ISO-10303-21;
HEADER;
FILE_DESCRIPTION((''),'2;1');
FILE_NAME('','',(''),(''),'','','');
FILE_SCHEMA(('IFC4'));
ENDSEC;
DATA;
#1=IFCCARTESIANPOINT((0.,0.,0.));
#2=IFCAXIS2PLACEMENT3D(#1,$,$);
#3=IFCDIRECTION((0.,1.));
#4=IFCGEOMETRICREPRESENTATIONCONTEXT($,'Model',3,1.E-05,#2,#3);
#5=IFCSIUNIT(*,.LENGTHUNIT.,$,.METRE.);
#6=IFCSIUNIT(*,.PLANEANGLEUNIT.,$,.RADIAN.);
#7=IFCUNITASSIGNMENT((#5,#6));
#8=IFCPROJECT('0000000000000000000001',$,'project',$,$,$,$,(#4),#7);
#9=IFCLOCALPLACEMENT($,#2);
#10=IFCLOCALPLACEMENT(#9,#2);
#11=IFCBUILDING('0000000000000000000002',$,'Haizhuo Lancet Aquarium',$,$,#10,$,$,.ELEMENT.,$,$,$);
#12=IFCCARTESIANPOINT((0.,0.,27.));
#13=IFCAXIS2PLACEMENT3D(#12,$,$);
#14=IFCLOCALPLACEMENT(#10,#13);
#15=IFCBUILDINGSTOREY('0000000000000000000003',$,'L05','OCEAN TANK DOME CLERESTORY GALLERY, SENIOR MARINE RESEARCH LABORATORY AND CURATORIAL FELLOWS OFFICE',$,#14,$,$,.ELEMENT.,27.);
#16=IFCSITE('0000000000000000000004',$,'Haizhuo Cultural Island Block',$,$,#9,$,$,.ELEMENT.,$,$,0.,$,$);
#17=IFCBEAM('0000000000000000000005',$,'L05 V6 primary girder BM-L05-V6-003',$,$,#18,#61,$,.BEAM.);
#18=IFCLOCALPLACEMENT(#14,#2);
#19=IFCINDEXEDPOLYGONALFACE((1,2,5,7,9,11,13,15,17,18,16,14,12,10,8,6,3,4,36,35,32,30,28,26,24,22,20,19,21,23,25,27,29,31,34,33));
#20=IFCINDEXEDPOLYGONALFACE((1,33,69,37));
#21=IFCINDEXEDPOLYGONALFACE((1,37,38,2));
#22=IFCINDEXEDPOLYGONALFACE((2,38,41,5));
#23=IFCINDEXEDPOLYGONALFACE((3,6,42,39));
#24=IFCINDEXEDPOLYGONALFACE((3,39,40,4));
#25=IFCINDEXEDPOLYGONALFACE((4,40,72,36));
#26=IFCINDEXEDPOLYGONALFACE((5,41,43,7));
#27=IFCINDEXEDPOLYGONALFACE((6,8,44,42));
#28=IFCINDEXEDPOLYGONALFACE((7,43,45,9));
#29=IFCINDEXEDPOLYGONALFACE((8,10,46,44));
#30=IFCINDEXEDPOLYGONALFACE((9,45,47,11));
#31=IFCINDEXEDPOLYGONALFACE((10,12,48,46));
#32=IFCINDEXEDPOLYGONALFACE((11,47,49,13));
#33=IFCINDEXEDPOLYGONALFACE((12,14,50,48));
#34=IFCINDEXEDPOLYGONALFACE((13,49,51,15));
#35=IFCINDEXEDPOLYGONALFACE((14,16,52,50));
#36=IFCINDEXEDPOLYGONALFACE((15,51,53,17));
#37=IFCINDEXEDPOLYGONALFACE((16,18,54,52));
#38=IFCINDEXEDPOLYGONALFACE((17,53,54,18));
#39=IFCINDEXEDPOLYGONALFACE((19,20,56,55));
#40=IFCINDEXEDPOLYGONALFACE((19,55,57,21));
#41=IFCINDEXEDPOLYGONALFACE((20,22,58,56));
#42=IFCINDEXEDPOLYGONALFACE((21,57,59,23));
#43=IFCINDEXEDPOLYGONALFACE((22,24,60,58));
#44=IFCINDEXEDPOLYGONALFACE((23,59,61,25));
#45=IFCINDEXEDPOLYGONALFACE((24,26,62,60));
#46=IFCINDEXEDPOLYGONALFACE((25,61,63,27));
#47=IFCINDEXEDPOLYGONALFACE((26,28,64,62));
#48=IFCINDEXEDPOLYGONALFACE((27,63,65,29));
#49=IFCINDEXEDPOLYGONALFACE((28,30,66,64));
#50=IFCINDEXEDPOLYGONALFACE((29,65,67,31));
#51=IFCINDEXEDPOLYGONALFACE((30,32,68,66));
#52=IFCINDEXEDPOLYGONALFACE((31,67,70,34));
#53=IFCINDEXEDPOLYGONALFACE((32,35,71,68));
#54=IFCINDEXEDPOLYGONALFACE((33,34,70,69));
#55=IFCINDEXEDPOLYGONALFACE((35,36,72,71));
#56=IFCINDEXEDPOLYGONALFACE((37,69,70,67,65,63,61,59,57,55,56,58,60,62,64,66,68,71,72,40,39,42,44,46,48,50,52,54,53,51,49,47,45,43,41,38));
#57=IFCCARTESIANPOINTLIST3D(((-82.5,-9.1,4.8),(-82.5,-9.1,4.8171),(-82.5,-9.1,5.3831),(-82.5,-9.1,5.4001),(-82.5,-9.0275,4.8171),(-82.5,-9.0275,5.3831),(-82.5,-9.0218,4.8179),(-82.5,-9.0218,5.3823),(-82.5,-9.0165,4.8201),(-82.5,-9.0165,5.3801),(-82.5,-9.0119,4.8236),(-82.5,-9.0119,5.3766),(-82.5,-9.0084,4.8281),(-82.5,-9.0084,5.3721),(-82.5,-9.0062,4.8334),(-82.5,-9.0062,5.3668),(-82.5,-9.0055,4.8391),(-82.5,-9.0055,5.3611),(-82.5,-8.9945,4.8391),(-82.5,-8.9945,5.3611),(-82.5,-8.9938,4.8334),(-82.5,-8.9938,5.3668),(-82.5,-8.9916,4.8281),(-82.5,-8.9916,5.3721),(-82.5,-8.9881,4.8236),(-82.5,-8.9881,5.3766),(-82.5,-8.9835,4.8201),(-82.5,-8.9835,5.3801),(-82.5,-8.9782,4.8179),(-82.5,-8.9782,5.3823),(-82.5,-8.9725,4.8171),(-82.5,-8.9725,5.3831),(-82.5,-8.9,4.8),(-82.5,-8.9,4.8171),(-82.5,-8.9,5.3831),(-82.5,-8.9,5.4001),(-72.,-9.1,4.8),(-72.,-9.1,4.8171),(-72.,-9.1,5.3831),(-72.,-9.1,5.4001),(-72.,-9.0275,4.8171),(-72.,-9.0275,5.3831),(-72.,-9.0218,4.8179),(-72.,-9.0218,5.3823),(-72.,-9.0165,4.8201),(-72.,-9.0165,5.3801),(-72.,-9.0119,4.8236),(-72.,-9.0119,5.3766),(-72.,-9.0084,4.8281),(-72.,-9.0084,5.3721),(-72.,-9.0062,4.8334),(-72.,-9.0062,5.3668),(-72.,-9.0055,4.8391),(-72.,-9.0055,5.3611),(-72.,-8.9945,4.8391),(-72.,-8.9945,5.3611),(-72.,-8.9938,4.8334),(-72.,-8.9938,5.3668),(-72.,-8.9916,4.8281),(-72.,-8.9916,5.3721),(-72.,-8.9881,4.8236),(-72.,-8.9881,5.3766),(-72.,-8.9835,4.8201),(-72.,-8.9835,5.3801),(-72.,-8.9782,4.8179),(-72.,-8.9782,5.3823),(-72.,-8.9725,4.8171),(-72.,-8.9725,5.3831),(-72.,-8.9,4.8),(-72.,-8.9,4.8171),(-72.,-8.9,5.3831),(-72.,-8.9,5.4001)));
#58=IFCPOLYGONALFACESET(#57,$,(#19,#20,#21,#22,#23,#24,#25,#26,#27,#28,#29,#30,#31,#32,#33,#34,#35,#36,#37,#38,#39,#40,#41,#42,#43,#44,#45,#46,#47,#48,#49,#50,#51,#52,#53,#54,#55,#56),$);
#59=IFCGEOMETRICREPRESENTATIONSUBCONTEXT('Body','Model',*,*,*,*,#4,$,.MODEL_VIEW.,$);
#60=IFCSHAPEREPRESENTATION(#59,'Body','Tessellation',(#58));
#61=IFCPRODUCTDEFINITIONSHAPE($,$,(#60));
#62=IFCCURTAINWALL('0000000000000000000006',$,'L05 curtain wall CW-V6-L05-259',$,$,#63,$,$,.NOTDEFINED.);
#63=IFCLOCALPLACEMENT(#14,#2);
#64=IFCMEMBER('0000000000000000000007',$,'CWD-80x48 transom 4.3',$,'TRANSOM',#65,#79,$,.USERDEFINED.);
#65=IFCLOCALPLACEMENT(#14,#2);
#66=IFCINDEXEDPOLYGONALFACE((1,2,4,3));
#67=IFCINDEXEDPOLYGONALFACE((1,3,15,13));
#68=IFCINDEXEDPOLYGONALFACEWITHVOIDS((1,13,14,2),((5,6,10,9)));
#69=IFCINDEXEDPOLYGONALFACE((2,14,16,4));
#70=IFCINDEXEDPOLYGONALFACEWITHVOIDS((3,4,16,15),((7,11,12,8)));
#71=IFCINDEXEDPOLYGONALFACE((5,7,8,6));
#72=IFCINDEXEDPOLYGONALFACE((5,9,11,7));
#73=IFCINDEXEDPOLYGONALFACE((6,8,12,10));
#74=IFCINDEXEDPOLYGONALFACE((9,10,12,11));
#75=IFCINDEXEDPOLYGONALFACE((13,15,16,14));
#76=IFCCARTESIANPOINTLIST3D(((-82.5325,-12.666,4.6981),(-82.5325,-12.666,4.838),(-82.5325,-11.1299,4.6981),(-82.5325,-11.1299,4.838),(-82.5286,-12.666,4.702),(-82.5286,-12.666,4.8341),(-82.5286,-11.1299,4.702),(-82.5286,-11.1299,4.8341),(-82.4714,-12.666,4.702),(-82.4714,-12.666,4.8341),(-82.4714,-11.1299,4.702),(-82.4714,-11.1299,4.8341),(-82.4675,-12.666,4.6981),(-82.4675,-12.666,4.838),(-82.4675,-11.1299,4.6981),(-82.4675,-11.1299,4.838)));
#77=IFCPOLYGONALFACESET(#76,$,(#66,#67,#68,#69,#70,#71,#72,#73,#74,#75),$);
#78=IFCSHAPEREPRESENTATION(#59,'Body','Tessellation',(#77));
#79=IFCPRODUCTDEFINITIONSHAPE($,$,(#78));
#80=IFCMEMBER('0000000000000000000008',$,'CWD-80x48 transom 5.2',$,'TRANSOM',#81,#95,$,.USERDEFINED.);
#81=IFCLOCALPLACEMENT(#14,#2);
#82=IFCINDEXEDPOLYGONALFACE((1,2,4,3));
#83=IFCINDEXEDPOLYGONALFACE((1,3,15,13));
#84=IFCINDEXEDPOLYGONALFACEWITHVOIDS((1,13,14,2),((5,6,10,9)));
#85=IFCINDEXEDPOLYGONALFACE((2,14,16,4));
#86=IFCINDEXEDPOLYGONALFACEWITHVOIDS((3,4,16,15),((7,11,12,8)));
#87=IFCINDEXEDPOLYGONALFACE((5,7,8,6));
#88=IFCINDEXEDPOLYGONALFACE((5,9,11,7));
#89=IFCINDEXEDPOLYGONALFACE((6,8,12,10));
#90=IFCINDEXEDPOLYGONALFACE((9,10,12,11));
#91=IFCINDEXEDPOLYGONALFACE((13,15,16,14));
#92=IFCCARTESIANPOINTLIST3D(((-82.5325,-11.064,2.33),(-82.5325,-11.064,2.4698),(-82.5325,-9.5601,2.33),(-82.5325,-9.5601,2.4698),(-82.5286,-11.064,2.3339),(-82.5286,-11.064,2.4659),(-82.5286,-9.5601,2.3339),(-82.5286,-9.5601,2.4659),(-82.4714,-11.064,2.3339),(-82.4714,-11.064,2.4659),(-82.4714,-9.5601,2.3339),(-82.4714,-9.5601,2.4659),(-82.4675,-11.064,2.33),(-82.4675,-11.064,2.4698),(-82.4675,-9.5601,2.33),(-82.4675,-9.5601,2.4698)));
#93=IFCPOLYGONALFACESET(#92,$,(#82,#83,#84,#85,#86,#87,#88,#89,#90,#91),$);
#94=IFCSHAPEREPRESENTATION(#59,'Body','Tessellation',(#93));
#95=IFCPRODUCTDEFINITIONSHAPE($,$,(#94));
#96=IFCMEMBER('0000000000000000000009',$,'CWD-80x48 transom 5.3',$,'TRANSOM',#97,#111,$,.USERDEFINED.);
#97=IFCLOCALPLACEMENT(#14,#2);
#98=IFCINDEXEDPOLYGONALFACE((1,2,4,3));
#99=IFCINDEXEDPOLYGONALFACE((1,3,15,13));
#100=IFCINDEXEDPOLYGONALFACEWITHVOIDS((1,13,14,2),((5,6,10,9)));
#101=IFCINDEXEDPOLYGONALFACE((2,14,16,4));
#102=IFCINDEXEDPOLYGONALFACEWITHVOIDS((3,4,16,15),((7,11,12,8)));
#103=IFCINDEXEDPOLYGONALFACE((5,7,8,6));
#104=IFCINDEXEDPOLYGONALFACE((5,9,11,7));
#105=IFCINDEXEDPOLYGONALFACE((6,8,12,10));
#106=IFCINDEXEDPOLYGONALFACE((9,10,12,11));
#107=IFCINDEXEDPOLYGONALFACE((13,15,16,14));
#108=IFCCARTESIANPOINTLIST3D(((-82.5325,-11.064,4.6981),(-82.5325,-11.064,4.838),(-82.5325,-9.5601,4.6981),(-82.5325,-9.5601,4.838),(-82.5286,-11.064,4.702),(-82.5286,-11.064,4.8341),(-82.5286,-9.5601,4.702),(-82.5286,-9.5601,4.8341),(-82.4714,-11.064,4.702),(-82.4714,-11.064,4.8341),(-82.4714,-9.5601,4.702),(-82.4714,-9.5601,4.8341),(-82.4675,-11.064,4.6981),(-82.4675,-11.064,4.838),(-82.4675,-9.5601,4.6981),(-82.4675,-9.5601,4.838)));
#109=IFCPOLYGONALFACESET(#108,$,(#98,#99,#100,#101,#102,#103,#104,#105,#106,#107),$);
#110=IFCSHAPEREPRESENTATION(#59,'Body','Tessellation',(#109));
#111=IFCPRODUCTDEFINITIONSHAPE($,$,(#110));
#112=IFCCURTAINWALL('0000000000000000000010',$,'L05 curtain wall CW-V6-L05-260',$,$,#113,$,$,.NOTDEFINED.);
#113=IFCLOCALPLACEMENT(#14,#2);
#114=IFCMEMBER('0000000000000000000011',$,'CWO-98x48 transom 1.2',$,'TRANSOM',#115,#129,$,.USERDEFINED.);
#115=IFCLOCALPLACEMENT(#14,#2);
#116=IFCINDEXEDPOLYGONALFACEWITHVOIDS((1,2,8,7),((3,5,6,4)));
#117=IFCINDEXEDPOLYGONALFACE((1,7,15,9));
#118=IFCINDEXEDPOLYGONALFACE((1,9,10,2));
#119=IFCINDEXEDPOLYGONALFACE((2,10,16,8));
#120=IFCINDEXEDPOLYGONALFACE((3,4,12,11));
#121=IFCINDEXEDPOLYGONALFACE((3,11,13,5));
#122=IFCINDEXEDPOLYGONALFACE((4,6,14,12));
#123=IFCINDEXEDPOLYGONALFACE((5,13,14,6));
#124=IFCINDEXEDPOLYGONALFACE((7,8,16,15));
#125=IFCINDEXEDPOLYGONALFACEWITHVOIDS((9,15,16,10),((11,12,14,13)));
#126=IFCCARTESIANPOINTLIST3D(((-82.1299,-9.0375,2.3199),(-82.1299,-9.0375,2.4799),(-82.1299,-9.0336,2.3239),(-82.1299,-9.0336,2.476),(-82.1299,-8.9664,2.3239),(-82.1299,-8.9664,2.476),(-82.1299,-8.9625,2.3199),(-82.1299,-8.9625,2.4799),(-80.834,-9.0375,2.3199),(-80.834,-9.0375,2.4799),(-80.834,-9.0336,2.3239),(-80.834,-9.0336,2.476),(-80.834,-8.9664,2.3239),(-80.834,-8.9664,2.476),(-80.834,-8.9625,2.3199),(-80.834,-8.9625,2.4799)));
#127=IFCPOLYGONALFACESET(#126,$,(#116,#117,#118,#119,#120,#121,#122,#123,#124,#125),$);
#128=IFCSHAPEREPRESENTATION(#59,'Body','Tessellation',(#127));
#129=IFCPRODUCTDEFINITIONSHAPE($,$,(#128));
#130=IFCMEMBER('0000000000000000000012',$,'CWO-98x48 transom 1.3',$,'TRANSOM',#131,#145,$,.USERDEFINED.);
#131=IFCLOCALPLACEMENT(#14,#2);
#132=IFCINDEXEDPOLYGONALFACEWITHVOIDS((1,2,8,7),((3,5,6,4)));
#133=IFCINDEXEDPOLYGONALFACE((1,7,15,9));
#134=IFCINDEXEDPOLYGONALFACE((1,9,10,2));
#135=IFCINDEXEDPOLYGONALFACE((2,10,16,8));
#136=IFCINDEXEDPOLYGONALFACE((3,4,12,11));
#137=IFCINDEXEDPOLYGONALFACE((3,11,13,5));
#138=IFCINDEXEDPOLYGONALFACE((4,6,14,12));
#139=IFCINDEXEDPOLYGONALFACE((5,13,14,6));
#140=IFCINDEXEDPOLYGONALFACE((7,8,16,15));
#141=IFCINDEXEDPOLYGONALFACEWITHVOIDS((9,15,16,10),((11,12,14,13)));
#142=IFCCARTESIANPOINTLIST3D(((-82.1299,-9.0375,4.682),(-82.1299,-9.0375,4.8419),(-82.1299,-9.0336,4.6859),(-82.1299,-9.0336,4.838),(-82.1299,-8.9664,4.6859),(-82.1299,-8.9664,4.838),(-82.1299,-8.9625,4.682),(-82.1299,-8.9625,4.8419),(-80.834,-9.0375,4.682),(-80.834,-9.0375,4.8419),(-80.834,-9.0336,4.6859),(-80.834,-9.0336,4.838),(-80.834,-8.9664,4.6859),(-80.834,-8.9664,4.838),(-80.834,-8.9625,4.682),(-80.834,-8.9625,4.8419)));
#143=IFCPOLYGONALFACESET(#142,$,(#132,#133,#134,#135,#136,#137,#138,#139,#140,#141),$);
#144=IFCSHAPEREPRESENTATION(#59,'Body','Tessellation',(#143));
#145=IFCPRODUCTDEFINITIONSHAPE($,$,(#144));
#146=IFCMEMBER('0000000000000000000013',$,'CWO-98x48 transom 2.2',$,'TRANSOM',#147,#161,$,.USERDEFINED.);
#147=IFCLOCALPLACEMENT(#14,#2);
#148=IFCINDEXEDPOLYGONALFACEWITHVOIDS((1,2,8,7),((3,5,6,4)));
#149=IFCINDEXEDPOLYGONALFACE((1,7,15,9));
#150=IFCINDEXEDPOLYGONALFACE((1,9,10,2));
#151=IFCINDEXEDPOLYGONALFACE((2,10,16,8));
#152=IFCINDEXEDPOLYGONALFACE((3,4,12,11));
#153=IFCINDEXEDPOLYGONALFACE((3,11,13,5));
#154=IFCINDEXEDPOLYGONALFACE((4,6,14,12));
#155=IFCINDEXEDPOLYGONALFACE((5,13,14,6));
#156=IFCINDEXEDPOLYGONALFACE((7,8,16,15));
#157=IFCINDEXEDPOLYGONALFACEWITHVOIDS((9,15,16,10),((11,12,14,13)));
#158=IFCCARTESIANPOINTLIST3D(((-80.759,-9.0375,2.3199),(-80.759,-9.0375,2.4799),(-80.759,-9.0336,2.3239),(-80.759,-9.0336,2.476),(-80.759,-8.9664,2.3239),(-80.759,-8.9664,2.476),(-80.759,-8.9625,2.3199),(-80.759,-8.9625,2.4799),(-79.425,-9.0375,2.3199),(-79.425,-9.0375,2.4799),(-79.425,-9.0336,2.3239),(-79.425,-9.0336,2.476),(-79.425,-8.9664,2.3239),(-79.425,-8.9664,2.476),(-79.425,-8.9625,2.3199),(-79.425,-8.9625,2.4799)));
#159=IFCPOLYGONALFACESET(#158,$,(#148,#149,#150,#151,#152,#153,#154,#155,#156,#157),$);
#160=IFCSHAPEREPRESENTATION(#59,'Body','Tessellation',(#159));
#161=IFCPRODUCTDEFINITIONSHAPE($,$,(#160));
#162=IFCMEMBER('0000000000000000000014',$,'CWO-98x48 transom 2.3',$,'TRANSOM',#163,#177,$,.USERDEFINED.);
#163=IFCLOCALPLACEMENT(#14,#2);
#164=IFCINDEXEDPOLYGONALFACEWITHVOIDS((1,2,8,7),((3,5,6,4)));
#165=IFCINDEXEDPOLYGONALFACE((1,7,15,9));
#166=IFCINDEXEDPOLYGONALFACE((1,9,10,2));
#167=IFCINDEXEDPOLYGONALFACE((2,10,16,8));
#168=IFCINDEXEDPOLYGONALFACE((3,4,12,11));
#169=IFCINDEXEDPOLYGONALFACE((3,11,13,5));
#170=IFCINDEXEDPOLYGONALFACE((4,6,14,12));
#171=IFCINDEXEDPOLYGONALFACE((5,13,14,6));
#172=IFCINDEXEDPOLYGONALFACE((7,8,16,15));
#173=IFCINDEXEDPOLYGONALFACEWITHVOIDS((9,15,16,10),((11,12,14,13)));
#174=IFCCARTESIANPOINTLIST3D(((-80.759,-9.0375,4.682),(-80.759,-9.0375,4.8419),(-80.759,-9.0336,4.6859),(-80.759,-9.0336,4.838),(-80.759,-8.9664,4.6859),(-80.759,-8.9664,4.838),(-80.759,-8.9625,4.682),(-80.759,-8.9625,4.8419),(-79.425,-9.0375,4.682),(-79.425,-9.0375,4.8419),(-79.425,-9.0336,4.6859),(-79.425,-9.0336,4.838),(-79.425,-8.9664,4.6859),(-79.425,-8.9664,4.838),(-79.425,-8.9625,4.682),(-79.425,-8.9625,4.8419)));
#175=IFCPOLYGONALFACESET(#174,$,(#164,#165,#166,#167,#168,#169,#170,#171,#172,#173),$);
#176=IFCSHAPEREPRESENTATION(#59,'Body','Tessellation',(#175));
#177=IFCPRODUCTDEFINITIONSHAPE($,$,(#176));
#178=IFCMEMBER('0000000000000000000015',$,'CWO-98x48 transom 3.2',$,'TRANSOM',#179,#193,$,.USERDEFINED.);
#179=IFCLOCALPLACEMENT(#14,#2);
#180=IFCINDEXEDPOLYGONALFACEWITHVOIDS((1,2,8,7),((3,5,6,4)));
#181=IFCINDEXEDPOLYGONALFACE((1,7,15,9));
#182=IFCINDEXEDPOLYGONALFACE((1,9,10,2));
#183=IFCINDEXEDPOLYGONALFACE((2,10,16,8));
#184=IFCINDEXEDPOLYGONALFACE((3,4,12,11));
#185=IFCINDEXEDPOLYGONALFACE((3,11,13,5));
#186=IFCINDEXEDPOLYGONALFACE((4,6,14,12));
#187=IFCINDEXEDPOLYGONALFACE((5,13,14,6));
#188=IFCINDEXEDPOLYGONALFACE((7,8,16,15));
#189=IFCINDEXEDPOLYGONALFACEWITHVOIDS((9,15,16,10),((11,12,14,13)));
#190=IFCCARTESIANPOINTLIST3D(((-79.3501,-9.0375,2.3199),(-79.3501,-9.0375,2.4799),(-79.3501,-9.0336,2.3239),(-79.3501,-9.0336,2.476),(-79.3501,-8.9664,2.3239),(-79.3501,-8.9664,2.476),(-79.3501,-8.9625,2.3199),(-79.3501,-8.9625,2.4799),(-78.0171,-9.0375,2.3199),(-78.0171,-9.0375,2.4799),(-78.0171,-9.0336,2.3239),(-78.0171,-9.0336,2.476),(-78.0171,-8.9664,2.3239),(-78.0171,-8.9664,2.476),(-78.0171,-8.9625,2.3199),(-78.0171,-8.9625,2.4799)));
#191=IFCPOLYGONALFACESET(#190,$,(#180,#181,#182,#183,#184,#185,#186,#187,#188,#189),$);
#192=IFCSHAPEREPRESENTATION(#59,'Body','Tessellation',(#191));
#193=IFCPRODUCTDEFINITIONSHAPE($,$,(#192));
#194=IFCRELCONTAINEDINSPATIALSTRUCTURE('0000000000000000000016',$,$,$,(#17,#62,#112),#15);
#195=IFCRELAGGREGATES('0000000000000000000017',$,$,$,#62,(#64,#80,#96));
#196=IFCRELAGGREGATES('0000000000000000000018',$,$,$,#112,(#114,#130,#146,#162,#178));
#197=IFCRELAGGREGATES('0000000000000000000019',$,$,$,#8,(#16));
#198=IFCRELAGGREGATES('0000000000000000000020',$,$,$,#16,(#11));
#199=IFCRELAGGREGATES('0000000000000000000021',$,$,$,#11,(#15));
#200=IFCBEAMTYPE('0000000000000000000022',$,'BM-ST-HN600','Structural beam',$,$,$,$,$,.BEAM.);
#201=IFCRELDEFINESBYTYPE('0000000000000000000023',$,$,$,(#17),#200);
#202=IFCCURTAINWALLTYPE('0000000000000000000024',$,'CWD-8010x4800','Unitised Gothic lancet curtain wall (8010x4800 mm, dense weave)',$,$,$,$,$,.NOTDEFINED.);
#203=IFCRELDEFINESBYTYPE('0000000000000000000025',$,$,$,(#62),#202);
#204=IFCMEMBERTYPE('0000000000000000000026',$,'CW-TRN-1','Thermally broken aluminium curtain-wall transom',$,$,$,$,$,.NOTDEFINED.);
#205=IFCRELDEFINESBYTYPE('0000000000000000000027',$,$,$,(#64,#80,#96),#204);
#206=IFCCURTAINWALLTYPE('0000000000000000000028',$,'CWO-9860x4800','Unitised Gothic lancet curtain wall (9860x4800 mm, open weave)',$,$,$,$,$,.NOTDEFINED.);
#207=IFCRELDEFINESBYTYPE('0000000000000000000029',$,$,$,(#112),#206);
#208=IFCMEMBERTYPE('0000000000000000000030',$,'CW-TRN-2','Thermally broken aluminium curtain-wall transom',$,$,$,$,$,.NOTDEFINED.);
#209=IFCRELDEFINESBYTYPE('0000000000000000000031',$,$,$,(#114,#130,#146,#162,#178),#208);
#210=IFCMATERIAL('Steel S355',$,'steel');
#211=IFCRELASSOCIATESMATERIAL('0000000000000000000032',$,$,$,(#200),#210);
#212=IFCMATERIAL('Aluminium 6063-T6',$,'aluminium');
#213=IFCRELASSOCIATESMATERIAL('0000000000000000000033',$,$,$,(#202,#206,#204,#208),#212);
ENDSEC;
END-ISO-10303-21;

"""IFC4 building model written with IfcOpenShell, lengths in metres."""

from ifc_helpers import new_model, si_unit, direction, frame, origin, origin_2d, place, context, subcontext, project, spatial, hollow_rectangle, i_section, extrude, material, material_profile, profile_set, type_object, element, aggregate, save


model = new_model("IFC4")

# Units and contexts
model_context = context("Model", 3, precision=1e-05, world=origin(), true_north=direction((0.0, 1.0)))
body_context = subcontext(model_context, "Body", "Model", "MODEL_VIEW")
ifc_project = project(units=[si_unit("LENGTHUNIT", "METRE"), si_unit("PLANEANGLEUNIT", "RADIAN")], contexts=[model_context])

# Site, building, storey
site_placement = place(None, origin())
site = spatial("IfcSite", under=ifc_project, at=site_placement, Name="Haizhuo Cultural Island Block", CompositionType="ELEMENT", RefElevation=0.0)
building_placement = place(site_placement, origin())
building = spatial("IfcBuilding", under=site, at=building_placement, Name="Haizhuo Lancet Aquarium", CompositionType="ELEMENT")
storey_placement = place(building_placement, frame((0.0, 0.0, 27.0)))
storey = spatial("IfcBuildingStorey", under=building, at=storey_placement, Name="L05", Description="OCEAN TANK DOME CLERESTORY GALLERY, SENIOR MARINE RESEARCH LABORATORY AND CURATORIAL FELLOWS OFFICE", CompositionType="ELEMENT", Elevation=27.0)

# Beam
ifc_material_1 = material(Name="Steel S355", Category="steel")
ifc_material_profile_1 = material_profile(ifc_material_1, i_section(OverallWidth=0.2, OverallDepth=0.6001, WebThickness=0.011, FlangeThickness=0.0171, FilletRadius=0.022, at=origin_2d()), Name="HN 600x200x11x17")
ifc_profile_set_1 = profile_set([ifc_material_profile_1], Name="Steel S355")
beam_type = type_object("IfcBeamType", Name="BM-ST-HN600", Description="Structural beam", PredefinedType="BEAM", material=ifc_profile_set_1)
beam_placement = place(storey_placement, frame((-82.5, -9.0, 5.1001), z_axis=(1.0, 0.0, 0.0), x_axis=(0.0, 1.0, 0.0)))
element("IfcBeam", 1, at=beam_placement, inside=storey, type_object=beam_type, Name="L05 V6 primary girder BM-L05-V6-003", PredefinedType="BEAM", context=body_context, shape_type="SweptSolid", body=[
    extrude(i_section(OverallWidth=0.2, OverallDepth=0.6001, WebThickness=0.011, FlangeThickness=0.0171, FilletRadius=0.022, at=origin_2d()), origin(), (0.0, 0.0, 1.0), 10.5),
])

# Curtain walls, members
ifc_material_2 = material(Name="Aluminium 6063-T6", Category="aluminium")
curtain_wall_type_1 = type_object("IfcCurtainWallType", Name="CWD-8010x4800", Description="Unitised Gothic lancet curtain wall (8010x4800 mm, dense weave)", PredefinedType="NOTDEFINED", material=ifc_material_2)
curtain_wall_1_placement = place(storey_placement, origin())
curtain_wall_1 = element("IfcCurtainWall", 2, at=curtain_wall_1_placement, inside=storey, type_object=curtain_wall_type_1, Name="L05 curtain wall CW-V6-L05-259", PredefinedType="NOTDEFINED")
ifc_material_profile_2 = material_profile(ifc_material_2, hollow_rectangle(XDim=0.0649, YDim=0.1399, WallThickness=0.0039, at=origin_2d()), Name="ALU-T 65x140x4")
ifc_profile_set_2 = profile_set([ifc_material_profile_2], Name="Aluminium 6063-T6")
member_type_1 = type_object("IfcMemberType", Name="CW-TRN-1", Description="Thermally broken aluminium curtain-wall transom", PredefinedType="NOTDEFINED", material=ifc_profile_set_2)
member_1_placement = place(storey_placement, frame((-82.5, -12.666, 4.7681), z_axis=(0.0, 1.0, 0.0), x_axis=(-1.0, 0.0, 0.0)))
member_1 = element("IfcMember", 3, at=member_1_placement, type_object=member_type_1, Name="CWD-80x48 transom 4.3", ObjectType="TRANSOM", PredefinedType="USERDEFINED", context=body_context, shape_type="SweptSolid", body=[
    extrude(hollow_rectangle(XDim=0.0649, YDim=0.1399, WallThickness=0.0039, at=origin_2d()), origin(), (0.0, 0.0, 1.0), 1.5361),
])
member_2_placement = place(storey_placement, frame((-82.5, -11.064, 2.3999), z_axis=(0.0, 1.0, 0.0), x_axis=(-1.0, 0.0, 0.0)))
member_2 = element("IfcMember", 4, at=member_2_placement, type_object=member_type_1, Name="CWD-80x48 transom 5.2", ObjectType="TRANSOM", PredefinedType="USERDEFINED", context=body_context, shape_type="SweptSolid", body=[
    extrude(hollow_rectangle(XDim=0.0649, YDim=0.1399, WallThickness=0.0039, at=origin_2d()), origin(), (0.0, 0.0, 1.0), 1.5039),
])
member_3_placement = place(storey_placement, frame((-82.5, -11.064, 4.7681), z_axis=(0.0, 1.0, 0.0), x_axis=(-1.0, 0.0, 0.0)))
member_3 = element("IfcMember", 5, at=member_3_placement, type_object=member_type_1, Name="CWD-80x48 transom 5.3", ObjectType="TRANSOM", PredefinedType="USERDEFINED", context=body_context, shape_type="SweptSolid", body=[
    extrude(hollow_rectangle(XDim=0.0649, YDim=0.1399, WallThickness=0.0039, at=origin_2d()), origin(), (0.0, 0.0, 1.0), 1.5039),
])
curtain_wall_type_2 = type_object("IfcCurtainWallType", Name="CWO-9860x4800", Description="Unitised Gothic lancet curtain wall (9860x4800 mm, open weave)", PredefinedType="NOTDEFINED", material=ifc_material_2)
curtain_wall_2_placement = place(storey_placement, origin())
curtain_wall_2 = element("IfcCurtainWall", 6, at=curtain_wall_2_placement, inside=storey, type_object=curtain_wall_type_2, Name="L05 curtain wall CW-V6-L05-260", PredefinedType="NOTDEFINED")
ifc_material_profile_3 = material_profile(ifc_material_2, hollow_rectangle(XDim=0.075, YDim=0.1599, WallThickness=0.0039, at=origin_2d()), Name="ALU-T 75x160x4")
ifc_profile_set_3 = profile_set([ifc_material_profile_3], Name="Aluminium 6063-T6")
member_type_2 = type_object("IfcMemberType", Name="CW-TRN-2", Description="Thermally broken aluminium curtain-wall transom", PredefinedType="NOTDEFINED", material=ifc_profile_set_3)
member_4_placement = place(storey_placement, frame((-82.1299, -9.0, 2.3999), z_axis=(1.0, 0.0, 0.0), x_axis=(0.0, 1.0, 0.0)))
member_4 = element("IfcMember", 7, at=member_4_placement, type_object=member_type_2, Name="CWO-98x48 transom 1.2", ObjectType="TRANSOM", PredefinedType="USERDEFINED", context=body_context, shape_type="SweptSolid", body=[
    extrude(hollow_rectangle(XDim=0.075, YDim=0.1599, WallThickness=0.0039, at=origin_2d()), origin(), (0.0, 0.0, 1.0), 1.2959),
])
member_5_placement = place(storey_placement, frame((-82.1299, -9.0, 4.762), z_axis=(1.0, 0.0, 0.0), x_axis=(0.0, 1.0, 0.0)))
member_5 = element("IfcMember", 8, at=member_5_placement, type_object=member_type_2, Name="CWO-98x48 transom 1.3", ObjectType="TRANSOM", PredefinedType="USERDEFINED", context=body_context, shape_type="SweptSolid", body=[
    extrude(hollow_rectangle(XDim=0.075, YDim=0.1599, WallThickness=0.0039, at=origin_2d()), origin(), (0.0, 0.0, 1.0), 1.2959),
])
member_6_placement = place(storey_placement, frame((-80.759, -9.0, 2.3999), z_axis=(1.0, 0.0, 0.0), x_axis=(0.0, 1.0, 0.0)))
member_6 = element("IfcMember", 9, at=member_6_placement, type_object=member_type_2, Name="CWO-98x48 transom 2.2", ObjectType="TRANSOM", PredefinedType="USERDEFINED", context=body_context, shape_type="SweptSolid", body=[
    extrude(hollow_rectangle(XDim=0.075, YDim=0.1599, WallThickness=0.0039, at=origin_2d()), origin(), (0.0, 0.0, 1.0), 1.334),
])
member_7_placement = place(storey_placement, frame((-80.759, -9.0, 4.762), z_axis=(1.0, 0.0, 0.0), x_axis=(0.0, 1.0, 0.0)))
member_7 = element("IfcMember", 10, at=member_7_placement, type_object=member_type_2, Name="CWO-98x48 transom 2.3", ObjectType="TRANSOM", PredefinedType="USERDEFINED", context=body_context, shape_type="SweptSolid", body=[
    extrude(hollow_rectangle(XDim=0.075, YDim=0.1599, WallThickness=0.0039, at=origin_2d()), origin(), (0.0, 0.0, 1.0), 1.334),
])
member_8_placement = place(storey_placement, frame((-79.3501, -9.0, 2.3999), z_axis=(1.0, 0.0, 0.0), x_axis=(0.0, 1.0, 0.0)))
member_8 = element("IfcMember", 11, at=member_8_placement, type_object=member_type_2, Name="CWO-98x48 transom 3.2", ObjectType="TRANSOM", PredefinedType="USERDEFINED", context=body_context, shape_type="SweptSolid", body=[
    extrude(hollow_rectangle(XDim=0.075, YDim=0.1599, WallThickness=0.0039, at=origin_2d()), origin(), (0.0, 0.0, 1.0), 1.333),
])

aggregate(curtain_wall_1, [member_1, member_2, member_3])
aggregate(curtain_wall_2, [member_4, member_5, member_6, member_7, member_8])

save(model, "model.ifc")
